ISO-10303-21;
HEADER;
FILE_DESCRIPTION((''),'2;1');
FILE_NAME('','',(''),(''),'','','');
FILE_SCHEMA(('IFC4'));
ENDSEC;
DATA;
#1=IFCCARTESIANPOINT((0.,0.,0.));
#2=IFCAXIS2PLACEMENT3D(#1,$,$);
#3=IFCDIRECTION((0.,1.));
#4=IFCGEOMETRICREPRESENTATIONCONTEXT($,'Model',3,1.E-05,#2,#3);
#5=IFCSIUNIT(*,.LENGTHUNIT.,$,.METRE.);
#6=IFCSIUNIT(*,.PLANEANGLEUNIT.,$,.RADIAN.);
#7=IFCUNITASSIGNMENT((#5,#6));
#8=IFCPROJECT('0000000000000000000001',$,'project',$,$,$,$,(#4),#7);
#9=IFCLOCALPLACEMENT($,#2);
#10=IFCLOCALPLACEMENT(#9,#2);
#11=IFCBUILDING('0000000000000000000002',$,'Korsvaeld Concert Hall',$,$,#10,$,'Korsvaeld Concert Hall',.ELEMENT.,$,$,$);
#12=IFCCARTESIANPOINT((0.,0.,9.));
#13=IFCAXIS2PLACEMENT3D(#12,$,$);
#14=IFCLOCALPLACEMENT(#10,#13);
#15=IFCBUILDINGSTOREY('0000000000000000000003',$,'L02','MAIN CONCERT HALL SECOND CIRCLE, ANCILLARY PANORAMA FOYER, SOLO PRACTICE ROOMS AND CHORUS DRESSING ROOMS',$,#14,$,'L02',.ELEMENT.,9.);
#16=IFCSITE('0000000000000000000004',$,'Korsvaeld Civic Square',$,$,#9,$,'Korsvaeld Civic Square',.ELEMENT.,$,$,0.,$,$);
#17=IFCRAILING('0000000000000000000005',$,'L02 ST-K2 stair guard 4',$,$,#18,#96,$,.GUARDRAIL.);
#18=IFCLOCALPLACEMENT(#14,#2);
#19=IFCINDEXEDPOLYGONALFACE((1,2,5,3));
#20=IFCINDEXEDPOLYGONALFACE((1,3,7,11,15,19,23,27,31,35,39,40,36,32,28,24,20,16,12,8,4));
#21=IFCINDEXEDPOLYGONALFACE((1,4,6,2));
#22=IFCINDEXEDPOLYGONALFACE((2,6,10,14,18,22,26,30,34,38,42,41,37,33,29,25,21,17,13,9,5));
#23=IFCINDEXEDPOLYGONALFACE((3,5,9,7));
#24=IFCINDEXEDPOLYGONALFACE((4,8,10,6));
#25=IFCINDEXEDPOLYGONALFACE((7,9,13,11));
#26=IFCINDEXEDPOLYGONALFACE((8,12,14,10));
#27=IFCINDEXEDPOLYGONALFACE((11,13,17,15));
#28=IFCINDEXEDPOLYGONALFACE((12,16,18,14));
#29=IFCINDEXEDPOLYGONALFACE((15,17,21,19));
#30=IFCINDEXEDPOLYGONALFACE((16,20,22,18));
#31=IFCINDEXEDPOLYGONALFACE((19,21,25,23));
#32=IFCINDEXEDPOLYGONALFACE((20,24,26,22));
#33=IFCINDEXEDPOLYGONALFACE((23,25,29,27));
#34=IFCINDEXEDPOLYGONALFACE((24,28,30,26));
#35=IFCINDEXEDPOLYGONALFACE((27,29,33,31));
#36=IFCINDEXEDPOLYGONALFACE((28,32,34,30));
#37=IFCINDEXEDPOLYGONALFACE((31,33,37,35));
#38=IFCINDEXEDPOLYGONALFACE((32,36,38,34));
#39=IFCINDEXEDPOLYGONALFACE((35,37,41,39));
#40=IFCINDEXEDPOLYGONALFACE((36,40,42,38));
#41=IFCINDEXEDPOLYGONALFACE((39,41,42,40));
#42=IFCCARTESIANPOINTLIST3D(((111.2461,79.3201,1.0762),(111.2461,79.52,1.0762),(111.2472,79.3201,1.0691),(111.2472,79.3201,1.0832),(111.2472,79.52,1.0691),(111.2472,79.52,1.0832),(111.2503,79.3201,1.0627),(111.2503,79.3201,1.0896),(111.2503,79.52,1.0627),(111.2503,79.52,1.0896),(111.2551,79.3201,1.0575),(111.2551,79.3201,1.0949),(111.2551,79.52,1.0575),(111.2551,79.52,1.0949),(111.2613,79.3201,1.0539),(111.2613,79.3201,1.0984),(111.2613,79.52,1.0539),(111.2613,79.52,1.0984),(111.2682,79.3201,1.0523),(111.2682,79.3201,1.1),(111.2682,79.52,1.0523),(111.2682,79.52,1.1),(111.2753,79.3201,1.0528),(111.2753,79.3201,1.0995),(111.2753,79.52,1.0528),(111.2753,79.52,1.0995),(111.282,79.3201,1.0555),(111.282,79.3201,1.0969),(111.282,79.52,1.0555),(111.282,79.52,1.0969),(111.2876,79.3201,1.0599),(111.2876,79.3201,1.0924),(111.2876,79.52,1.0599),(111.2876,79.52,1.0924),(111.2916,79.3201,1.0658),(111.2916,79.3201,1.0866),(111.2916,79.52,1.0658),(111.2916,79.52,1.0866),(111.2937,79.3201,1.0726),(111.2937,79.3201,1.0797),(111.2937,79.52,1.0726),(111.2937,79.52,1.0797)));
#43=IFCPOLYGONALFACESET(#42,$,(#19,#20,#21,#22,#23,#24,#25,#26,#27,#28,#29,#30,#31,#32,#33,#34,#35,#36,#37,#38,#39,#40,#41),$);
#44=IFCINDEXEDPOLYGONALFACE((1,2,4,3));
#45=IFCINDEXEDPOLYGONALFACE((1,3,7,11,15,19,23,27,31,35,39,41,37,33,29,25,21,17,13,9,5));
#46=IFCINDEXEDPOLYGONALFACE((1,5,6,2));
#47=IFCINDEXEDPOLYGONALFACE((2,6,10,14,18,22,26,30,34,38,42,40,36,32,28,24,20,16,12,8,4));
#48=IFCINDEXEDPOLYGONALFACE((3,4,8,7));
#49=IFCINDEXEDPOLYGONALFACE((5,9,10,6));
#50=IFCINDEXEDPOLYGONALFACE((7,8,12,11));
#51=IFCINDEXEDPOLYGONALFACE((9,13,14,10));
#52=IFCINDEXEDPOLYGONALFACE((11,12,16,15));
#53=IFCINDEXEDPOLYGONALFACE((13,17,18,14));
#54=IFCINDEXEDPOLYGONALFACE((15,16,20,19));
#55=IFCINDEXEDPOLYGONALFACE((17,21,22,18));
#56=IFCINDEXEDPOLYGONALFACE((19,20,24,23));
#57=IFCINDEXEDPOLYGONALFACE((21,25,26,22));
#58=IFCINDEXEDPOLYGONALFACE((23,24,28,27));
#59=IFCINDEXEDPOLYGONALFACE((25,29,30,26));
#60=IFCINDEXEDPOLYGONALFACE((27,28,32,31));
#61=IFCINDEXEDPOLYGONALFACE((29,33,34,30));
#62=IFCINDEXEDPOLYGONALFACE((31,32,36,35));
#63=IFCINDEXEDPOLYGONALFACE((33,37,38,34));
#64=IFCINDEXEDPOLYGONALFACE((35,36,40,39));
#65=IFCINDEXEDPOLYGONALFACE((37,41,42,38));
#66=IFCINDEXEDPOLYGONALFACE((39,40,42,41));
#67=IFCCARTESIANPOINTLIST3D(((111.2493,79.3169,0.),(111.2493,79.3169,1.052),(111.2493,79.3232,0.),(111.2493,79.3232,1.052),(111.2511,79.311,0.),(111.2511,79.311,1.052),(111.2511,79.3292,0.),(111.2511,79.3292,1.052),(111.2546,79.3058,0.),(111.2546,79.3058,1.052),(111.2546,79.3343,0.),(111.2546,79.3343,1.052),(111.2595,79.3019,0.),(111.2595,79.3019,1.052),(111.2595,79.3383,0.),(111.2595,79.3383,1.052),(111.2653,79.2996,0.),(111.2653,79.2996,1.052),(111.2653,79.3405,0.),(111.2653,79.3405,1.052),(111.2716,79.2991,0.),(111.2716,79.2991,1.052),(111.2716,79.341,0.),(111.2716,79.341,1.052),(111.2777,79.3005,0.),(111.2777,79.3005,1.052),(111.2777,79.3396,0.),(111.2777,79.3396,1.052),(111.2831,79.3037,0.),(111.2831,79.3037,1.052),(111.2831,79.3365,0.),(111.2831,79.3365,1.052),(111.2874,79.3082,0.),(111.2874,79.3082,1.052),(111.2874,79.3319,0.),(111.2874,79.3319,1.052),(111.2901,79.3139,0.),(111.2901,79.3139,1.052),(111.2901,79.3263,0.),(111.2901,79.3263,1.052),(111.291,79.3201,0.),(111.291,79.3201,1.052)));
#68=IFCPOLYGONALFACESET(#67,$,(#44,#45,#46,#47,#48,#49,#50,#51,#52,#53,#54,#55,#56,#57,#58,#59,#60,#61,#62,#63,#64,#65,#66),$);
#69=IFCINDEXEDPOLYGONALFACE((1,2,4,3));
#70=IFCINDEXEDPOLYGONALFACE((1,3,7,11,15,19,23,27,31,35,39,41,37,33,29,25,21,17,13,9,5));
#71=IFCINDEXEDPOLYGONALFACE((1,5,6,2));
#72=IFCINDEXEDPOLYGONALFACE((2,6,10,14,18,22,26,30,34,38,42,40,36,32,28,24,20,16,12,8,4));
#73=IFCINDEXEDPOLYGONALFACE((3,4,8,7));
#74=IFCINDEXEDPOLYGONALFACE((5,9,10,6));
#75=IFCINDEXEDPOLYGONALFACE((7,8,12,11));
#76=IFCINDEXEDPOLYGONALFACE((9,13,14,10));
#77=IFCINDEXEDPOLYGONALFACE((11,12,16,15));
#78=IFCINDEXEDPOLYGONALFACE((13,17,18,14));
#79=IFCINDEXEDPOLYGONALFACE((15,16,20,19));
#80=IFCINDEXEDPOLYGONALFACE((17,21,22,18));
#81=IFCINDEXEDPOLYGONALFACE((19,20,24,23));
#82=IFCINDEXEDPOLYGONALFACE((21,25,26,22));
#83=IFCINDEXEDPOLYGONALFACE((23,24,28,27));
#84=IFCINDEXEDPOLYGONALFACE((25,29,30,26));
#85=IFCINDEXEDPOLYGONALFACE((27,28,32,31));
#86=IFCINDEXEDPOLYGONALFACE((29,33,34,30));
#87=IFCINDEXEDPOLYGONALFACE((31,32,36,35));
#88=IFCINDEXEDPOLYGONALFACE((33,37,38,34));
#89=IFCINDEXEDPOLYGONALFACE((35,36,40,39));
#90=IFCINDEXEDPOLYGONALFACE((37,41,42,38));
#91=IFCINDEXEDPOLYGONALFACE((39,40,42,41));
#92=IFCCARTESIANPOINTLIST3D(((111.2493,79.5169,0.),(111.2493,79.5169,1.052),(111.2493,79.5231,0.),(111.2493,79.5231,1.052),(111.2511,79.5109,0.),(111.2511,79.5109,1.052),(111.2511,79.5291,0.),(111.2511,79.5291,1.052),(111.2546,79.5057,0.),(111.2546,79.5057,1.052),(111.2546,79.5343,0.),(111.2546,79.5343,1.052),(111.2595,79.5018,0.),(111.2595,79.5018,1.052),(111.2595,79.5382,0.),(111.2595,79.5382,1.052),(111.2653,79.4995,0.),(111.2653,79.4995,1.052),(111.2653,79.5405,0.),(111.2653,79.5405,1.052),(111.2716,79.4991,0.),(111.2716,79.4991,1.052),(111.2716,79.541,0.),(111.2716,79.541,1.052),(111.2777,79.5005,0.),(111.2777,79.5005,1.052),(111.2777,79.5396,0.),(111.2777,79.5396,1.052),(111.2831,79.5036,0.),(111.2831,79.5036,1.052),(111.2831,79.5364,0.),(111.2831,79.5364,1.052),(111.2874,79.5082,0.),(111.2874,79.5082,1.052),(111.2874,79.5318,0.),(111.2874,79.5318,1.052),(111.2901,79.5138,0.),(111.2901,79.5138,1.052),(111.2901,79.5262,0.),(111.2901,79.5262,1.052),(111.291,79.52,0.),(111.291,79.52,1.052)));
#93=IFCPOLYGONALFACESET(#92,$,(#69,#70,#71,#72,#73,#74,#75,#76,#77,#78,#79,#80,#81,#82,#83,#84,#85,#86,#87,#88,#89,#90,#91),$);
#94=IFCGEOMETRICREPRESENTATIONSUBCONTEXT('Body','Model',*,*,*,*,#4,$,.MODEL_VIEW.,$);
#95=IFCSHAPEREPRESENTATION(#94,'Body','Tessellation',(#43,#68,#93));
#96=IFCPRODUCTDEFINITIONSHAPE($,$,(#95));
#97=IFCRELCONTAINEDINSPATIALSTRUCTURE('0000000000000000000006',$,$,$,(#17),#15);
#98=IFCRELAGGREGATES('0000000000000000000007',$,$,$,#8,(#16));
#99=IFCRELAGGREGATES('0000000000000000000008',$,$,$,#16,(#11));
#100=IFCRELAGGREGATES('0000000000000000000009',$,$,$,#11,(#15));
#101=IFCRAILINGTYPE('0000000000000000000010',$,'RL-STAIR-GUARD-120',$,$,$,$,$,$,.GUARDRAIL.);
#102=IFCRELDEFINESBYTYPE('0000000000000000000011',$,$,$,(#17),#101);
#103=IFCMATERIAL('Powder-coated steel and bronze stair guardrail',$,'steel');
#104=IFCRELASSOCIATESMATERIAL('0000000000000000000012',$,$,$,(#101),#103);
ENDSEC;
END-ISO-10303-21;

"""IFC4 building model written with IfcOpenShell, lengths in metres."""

from ifc_helpers import new_model, si_unit, direction, frame, origin, origin_2d, place, context, subcontext, project, spatial, circle, extrude, material, type_object, element, save


model = new_model("IFC4")

# Units and contexts
model_context = context("Model", 3, precision=1e-05, world=origin(), true_north=direction((0.0, 1.0)))
body_context = subcontext(model_context, "Body", "Model", "MODEL_VIEW")
ifc_project = project(units=[si_unit("LENGTHUNIT", "METRE"), si_unit("PLANEANGLEUNIT", "RADIAN")], contexts=[model_context])

# Site, building, storey
site_placement = place(None, origin())
site = spatial("IfcSite", under=ifc_project, at=site_placement, Name="Korsvaeld Civic Square", LongName="Korsvaeld Civic Square", CompositionType="ELEMENT", RefElevation=0.0)
building_placement = place(site_placement, origin())
building = spatial("IfcBuilding", under=site, at=building_placement, Name="Korsvaeld Concert Hall", LongName="Korsvaeld Concert Hall", CompositionType="ELEMENT")
storey_placement = place(building_placement, frame((0.0, 0.0, 9.0)))
storey = spatial("IfcBuildingStorey", under=building, at=storey_placement, Name="L02", Description="MAIN CONCERT HALL SECOND CIRCLE, ANCILLARY PANORAMA FOYER, SOLO PRACTICE ROOMS AND CHORUS DRESSING ROOMS", LongName="L02", CompositionType="ELEMENT", Elevation=9.0)

# Railing
ifc_material_1 = material(Name="Powder-coated steel and bronze stair guardrail", Category="steel")
railing_type_1 = type_object("IfcRailingType", Name="RL-STAIR-GUARD-120", PredefinedType="GUARDRAIL", material=ifc_material_1)
railing_1_placement = place(storey_placement, frame((111.27, 79.3201, 0.0)))
element("IfcRailing", 1, at=railing_1_placement, inside=storey, type_object=railing_type_1, Name="L02 ST-K2 stair guard 4", PredefinedType="GUARDRAIL", context=body_context, shape_type="SweptSolid", body=[
    extrude(circle(Radius=0.0239, at=origin_2d()), frame((0.0, 0.0, 1.0762), z_axis=(0.0, 1.0, 0.0), x_axis=(-1.0, 0.0, 0.0)), (0.0, 0.0, 1.0), 0.2),
    extrude(circle(Radius=0.021, at=origin_2d()), origin(), (0.0, 0.0, 1.0), 1.052),
    extrude(circle(Radius=0.021, at=origin_2d()), frame((0.0, 0.2, 0.0)), (0.0, 0.0, 1.0), 1.052),
])

save(model, "model.ifc")
